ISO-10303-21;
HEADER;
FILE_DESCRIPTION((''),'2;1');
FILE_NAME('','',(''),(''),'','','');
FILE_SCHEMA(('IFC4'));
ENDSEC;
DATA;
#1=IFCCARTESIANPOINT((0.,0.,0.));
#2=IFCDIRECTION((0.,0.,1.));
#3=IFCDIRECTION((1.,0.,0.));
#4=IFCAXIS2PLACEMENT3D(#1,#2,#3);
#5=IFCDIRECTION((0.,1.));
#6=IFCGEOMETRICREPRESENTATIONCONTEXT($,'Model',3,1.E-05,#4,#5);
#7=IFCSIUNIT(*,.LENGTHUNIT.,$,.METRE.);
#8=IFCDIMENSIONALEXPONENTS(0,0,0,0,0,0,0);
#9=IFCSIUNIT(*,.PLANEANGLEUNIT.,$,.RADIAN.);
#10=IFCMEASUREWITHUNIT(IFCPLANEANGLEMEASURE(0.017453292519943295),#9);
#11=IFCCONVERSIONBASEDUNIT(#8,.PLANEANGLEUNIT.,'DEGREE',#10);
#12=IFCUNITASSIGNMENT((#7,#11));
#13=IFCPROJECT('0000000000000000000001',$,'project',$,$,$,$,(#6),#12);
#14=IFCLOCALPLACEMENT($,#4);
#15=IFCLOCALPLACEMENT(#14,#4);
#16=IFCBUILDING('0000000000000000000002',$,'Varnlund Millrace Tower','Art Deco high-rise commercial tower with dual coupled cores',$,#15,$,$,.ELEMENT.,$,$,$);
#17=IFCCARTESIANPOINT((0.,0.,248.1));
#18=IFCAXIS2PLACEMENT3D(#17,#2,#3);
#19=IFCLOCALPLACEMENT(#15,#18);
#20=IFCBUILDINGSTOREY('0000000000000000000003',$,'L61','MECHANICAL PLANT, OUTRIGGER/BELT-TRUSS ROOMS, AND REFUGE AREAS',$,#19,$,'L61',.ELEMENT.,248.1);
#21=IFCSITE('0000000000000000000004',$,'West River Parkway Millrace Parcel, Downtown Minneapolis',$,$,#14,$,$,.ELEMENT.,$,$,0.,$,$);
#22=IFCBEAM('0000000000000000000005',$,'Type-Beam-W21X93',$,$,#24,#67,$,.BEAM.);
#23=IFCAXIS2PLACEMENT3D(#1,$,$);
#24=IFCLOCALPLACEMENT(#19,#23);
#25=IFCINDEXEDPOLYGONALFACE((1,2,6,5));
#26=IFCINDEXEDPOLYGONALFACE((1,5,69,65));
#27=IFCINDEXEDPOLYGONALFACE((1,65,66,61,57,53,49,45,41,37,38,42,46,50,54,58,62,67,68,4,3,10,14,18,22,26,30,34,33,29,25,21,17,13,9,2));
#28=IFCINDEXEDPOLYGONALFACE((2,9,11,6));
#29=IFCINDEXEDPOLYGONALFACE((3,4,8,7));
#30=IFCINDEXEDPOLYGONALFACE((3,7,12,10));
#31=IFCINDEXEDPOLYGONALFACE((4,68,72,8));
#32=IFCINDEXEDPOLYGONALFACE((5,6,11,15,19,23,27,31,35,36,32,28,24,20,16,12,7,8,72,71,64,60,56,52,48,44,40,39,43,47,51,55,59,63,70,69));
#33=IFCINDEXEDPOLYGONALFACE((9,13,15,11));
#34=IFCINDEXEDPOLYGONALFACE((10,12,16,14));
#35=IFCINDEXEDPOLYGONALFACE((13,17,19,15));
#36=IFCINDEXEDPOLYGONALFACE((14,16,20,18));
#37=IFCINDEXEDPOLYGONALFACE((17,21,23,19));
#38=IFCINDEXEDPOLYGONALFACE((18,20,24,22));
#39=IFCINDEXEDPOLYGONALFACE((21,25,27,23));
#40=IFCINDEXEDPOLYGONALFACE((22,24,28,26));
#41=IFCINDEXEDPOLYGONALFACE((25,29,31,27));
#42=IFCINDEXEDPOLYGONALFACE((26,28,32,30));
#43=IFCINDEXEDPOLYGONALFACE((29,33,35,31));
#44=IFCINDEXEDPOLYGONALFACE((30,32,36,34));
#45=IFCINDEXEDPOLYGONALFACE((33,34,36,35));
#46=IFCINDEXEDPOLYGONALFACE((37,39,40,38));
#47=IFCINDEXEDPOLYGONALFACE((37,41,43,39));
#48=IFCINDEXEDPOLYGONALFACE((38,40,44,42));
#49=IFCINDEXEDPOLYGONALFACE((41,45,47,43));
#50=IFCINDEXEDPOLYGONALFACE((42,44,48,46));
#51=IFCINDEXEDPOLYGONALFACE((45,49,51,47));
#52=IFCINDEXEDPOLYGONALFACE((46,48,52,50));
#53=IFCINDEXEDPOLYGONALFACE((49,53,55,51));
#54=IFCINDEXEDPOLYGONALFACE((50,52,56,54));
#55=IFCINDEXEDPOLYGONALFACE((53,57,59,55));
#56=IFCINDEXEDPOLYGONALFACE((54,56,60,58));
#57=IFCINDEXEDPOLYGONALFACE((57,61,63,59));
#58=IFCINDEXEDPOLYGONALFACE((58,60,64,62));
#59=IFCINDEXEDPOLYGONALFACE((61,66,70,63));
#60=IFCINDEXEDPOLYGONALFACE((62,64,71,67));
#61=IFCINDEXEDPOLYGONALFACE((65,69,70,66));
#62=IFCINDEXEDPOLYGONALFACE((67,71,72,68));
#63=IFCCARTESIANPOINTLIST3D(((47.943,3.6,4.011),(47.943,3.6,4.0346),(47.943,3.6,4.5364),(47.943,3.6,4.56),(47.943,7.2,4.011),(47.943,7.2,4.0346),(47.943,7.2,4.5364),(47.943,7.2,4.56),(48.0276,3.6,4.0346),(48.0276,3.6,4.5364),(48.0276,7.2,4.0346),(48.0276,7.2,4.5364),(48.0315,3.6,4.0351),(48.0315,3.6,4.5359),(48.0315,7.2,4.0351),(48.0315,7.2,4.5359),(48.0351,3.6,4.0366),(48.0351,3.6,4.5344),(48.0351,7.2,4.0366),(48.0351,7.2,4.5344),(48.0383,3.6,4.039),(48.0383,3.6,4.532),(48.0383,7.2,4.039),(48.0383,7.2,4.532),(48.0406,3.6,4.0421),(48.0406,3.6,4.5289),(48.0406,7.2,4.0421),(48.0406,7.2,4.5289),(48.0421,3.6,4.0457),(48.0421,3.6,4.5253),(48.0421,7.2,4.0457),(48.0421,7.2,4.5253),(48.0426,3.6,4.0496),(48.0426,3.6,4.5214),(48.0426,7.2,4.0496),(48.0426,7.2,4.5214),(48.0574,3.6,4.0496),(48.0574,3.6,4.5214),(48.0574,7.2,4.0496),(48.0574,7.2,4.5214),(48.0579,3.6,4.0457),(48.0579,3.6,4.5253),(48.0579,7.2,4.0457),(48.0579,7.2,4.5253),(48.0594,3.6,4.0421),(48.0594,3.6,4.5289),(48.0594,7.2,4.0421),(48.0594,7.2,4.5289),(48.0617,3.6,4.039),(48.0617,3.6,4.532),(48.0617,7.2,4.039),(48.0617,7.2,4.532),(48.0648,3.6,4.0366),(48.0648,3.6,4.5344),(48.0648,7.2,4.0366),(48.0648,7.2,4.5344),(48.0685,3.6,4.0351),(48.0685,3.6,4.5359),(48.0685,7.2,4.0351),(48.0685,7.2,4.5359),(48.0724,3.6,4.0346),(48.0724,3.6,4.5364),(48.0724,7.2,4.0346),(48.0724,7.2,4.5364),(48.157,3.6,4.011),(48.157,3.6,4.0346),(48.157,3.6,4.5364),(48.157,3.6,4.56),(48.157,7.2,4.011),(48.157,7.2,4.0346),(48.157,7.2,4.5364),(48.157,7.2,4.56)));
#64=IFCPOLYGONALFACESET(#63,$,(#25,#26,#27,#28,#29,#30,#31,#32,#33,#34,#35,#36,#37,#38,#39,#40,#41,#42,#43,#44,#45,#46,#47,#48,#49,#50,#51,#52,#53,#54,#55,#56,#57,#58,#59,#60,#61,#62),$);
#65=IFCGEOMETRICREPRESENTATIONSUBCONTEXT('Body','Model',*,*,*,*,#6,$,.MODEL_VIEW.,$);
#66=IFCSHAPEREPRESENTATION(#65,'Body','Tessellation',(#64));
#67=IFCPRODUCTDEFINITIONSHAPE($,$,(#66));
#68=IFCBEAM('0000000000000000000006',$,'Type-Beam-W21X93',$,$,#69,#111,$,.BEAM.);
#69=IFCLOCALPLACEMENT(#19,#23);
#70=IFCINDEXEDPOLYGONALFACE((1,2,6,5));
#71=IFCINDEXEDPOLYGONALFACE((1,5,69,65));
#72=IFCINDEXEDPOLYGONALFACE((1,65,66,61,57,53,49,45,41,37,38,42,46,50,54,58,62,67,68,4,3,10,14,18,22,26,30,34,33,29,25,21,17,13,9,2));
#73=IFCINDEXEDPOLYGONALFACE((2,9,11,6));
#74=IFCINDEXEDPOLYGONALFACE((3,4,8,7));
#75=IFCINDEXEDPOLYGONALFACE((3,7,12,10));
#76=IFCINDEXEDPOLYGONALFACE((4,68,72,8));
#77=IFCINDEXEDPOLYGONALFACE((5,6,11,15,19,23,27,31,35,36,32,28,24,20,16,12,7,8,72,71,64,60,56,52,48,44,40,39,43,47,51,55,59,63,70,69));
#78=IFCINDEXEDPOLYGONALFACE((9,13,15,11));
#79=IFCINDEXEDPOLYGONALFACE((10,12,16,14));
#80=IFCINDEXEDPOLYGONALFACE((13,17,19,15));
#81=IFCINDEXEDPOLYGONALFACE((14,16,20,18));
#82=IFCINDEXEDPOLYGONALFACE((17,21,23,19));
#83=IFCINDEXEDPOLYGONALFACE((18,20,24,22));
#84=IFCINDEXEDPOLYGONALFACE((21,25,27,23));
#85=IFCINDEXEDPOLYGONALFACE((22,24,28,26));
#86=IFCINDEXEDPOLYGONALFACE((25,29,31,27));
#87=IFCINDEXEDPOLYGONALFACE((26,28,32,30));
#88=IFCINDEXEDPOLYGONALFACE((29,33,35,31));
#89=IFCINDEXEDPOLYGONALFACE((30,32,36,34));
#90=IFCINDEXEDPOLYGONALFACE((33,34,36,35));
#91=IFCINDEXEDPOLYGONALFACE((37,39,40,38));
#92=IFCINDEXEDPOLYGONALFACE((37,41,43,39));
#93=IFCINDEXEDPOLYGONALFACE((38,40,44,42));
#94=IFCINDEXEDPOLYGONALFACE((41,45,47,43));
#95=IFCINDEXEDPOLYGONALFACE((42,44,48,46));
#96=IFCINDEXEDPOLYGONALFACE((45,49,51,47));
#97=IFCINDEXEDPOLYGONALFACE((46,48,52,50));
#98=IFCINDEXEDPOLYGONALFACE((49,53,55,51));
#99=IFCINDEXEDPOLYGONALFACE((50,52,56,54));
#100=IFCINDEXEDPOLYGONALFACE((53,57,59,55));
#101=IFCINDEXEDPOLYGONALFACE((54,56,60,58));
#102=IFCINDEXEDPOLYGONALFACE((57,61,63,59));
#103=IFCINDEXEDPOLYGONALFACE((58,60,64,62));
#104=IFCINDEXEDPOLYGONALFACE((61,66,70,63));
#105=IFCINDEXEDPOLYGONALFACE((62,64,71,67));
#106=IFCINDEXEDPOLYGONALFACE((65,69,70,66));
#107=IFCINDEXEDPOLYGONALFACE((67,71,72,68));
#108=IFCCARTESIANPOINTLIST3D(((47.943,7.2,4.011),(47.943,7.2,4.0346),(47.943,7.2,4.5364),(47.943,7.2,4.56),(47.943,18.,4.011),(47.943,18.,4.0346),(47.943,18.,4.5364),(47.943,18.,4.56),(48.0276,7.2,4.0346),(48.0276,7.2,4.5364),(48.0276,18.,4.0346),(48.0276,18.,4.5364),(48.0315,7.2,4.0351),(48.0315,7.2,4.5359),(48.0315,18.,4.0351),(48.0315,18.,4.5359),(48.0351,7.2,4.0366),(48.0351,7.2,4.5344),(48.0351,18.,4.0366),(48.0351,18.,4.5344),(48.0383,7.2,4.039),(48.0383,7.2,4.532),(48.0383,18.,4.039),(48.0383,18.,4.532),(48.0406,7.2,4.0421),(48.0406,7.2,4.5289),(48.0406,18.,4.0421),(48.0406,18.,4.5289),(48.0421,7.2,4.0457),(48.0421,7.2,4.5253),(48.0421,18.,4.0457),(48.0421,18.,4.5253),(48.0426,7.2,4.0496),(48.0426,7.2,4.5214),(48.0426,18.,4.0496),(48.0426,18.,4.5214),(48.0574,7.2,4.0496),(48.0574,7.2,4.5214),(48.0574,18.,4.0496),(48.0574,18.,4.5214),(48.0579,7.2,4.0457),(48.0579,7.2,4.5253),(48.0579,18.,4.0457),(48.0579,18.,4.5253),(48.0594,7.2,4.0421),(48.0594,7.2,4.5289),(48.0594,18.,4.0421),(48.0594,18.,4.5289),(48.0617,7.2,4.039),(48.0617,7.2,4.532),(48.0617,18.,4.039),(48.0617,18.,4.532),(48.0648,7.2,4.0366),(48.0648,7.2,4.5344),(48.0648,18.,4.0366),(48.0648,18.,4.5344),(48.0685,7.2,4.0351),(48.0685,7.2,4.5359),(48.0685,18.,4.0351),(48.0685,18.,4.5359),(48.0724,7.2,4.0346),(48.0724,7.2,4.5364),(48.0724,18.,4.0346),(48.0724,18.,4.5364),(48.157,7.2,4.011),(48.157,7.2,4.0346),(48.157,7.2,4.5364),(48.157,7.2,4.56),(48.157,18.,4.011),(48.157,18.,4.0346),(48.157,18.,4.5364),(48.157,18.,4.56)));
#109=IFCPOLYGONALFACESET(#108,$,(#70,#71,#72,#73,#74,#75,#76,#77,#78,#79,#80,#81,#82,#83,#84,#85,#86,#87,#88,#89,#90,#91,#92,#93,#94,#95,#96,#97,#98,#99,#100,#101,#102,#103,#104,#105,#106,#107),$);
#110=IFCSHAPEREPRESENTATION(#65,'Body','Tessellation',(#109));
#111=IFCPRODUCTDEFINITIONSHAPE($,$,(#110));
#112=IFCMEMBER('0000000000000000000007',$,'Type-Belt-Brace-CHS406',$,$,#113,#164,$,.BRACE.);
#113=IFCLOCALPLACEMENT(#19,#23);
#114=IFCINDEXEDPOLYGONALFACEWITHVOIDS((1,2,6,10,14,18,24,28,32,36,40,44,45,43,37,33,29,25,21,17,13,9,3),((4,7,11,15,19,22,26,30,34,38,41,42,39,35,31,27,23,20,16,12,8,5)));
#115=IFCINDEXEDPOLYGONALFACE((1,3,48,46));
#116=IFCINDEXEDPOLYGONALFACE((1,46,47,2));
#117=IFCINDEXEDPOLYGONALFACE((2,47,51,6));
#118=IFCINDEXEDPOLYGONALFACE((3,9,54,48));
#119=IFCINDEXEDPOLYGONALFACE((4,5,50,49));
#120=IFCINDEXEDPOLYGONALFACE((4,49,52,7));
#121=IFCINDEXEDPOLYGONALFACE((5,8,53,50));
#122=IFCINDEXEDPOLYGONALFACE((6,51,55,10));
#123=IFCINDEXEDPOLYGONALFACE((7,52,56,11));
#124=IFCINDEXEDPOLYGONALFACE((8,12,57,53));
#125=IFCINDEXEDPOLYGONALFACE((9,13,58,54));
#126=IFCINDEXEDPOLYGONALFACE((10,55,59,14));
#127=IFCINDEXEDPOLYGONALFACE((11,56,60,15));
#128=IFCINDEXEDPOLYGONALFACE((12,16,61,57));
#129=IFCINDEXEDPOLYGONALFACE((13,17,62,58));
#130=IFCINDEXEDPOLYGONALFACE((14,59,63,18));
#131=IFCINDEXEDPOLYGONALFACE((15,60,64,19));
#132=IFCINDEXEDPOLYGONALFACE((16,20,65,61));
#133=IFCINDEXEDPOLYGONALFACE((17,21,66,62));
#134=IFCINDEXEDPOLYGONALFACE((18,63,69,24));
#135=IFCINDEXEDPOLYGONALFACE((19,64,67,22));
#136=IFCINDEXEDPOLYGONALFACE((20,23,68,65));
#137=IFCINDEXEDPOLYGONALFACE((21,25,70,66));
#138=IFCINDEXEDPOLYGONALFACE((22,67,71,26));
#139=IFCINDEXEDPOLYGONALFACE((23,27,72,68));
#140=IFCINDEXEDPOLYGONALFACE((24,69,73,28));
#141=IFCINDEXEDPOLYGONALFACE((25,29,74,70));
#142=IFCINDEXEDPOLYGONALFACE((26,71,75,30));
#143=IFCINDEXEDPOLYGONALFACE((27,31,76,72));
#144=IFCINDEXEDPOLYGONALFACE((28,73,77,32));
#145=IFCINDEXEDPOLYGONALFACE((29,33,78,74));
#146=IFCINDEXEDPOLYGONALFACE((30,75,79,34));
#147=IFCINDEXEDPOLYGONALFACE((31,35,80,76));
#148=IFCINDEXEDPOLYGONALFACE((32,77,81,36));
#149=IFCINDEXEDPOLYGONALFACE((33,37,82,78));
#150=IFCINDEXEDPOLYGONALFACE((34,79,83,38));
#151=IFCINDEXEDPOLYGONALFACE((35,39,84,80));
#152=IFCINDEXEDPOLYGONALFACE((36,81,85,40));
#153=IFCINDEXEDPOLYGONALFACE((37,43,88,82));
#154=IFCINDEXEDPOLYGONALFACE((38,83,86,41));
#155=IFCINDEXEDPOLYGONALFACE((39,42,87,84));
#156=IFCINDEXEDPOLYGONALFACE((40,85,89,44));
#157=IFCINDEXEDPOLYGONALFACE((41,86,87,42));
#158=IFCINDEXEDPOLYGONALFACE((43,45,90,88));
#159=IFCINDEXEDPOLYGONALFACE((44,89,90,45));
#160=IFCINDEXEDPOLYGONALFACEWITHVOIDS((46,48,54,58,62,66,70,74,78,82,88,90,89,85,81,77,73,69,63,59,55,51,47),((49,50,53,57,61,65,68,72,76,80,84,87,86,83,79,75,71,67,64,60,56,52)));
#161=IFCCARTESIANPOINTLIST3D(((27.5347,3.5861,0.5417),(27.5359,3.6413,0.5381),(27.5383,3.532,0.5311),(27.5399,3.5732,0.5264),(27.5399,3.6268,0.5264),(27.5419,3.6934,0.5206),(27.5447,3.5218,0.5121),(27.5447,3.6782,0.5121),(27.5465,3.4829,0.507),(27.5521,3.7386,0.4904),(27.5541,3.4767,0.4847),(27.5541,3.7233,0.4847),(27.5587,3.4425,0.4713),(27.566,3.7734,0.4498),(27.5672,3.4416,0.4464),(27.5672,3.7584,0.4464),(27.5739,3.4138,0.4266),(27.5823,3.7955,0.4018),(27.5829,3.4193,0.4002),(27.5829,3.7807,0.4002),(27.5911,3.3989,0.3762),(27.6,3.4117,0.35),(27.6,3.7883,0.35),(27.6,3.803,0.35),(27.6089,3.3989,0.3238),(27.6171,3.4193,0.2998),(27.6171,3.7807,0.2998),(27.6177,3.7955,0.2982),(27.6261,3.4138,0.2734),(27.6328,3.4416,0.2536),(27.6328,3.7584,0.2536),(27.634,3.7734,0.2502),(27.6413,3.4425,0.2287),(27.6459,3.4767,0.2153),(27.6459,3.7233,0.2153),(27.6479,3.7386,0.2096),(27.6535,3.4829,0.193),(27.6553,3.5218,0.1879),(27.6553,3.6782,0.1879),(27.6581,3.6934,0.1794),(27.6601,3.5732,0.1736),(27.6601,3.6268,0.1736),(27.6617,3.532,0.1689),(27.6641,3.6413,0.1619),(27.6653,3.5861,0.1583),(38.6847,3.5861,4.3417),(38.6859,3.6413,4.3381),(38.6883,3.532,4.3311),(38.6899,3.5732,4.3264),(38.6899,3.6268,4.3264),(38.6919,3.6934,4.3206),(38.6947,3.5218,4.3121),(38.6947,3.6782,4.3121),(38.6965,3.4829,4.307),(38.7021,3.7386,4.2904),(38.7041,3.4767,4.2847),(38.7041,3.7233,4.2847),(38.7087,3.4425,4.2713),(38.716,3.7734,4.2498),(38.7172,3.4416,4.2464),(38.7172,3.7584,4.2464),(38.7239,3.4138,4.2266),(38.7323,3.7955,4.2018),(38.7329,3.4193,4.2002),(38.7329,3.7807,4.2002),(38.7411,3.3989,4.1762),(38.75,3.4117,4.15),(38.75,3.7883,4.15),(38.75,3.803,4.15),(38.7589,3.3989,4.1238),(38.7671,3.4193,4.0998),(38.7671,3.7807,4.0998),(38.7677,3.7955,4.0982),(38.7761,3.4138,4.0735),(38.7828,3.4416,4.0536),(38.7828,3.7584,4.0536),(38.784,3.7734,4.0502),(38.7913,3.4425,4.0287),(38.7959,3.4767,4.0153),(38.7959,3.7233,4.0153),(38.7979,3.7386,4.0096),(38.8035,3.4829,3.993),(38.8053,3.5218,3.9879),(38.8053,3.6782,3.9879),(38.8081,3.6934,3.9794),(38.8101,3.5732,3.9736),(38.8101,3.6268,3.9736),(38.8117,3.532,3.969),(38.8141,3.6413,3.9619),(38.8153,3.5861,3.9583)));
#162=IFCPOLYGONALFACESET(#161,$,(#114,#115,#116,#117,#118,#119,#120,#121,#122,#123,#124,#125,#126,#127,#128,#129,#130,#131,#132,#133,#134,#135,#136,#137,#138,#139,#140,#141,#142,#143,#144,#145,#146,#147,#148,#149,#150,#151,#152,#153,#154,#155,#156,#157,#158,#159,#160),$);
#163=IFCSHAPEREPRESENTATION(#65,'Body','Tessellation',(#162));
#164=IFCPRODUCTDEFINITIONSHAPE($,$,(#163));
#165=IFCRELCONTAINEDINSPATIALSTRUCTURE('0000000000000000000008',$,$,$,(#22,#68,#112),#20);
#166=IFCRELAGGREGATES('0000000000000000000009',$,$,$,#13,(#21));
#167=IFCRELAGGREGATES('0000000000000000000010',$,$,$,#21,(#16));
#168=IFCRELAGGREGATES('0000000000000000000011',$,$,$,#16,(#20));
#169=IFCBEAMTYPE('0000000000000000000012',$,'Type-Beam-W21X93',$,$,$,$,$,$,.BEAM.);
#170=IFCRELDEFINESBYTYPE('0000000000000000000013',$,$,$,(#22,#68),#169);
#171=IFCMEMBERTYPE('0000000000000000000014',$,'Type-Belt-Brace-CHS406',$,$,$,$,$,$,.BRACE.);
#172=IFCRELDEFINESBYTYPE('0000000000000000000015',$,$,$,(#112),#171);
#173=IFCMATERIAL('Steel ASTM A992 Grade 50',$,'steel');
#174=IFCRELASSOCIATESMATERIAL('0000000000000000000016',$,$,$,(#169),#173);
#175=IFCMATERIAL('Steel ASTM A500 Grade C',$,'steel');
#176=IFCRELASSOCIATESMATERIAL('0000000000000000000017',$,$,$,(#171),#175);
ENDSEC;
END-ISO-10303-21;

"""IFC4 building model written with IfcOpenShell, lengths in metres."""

from ifc_helpers import new_model, entity, si_unit, converted_unit, direction, frame, origin_with_axes, origin_2d_with_axis, place, context, subcontext, project, spatial, hollow_circle, i_section, extrude, material, material_profile, profile_set, type_object, element, save


model = new_model("IFC4")

# Units and contexts
model_context = context("Model", 3, precision=1e-05, world=origin_with_axes(), true_north=direction((0.0, 1.0)))
body_context = subcontext(model_context, "Body", "Model", "MODEL_VIEW")
ifc_project = project(units=[si_unit("LENGTHUNIT", "METRE"), converted_unit("PLANEANGLEUNIT", "DEGREE", entity("IfcPlaneAngleMeasure", 0.017453292519943295), si_unit("PLANEANGLEUNIT", "RADIAN"), dimensions=[0, 0, 0, 0, 0, 0, 0])], contexts=[model_context])

# Site, building, storey
site_placement = place(None, origin_with_axes())
site = spatial("IfcSite", under=ifc_project, at=site_placement, Name="West River Parkway Millrace Parcel, Downtown Minneapolis", CompositionType="ELEMENT", RefElevation=0.0)
building_placement = place(site_placement, origin_with_axes())
building = spatial("IfcBuilding", under=site, at=building_placement, Name="Varnlund Millrace Tower", Description="Art Deco high-rise commercial tower with dual coupled cores", CompositionType="ELEMENT")
storey_placement = place(building_placement, frame((0.0, 0.0, 248.1), z_axis=(0.0, 0.0, 1.0), x_axis=(1.0, 0.0, 0.0)))
storey = spatial("IfcBuildingStorey", under=building, at=storey_placement, Name="L61", Description="MECHANICAL PLANT, OUTRIGGER/BELT-TRUSS ROOMS, AND REFUGE AREAS", LongName="L61", CompositionType="ELEMENT", Elevation=248.1)

# Beams
ifc_material_1 = material(Name="Steel ASTM A992 Grade 50", Category="steel")
ifc_material_profile_1 = material_profile(ifc_material_1, i_section(OverallWidth=0.214, OverallDepth=0.549, WebThickness=0.0147, FlangeThickness=0.0236, FilletRadius=0.015, at=origin_2d_with_axis()), Name="Steel ASTM A992 Grade 50")
ifc_profile_set_1 = profile_set([ifc_material_profile_1], Name="Steel ASTM A992 Grade 50")
beam_type_1 = type_object("IfcBeamType", Name="Type-Beam-W21X93", PredefinedType="BEAM", material=ifc_profile_set_1)
beam_1_placement = place(storey_placement, frame((48.05, 3.6, 4.2855), z_axis=(0.0, 1.0, 0.0), x_axis=(-1.0, 0.0, 0.0)))
element("IfcBeam", 1, at=beam_1_placement, inside=storey, type_object=beam_type_1, Name="Type-Beam-W21X93", PredefinedType="BEAM", context=body_context, shape_type="SweptSolid", body=[
    extrude(i_section(OverallWidth=0.214, OverallDepth=0.549, WebThickness=0.0147, FlangeThickness=0.0236, FilletRadius=0.015, at=origin_2d_with_axis()), origin_with_axes(), (0.0, 0.0, 1.0), 3.6),
])
beam_2_placement = place(storey_placement, frame((48.05, 7.2, 4.2855), z_axis=(0.0, 1.0, 0.0), x_axis=(-1.0, 0.0, 0.0)))
element("IfcBeam", 2, at=beam_2_placement, inside=storey, type_object=beam_type_1, Name="Type-Beam-W21X93", PredefinedType="BEAM", context=body_context, shape_type="SweptSolid", body=[
    extrude(i_section(OverallWidth=0.214, OverallDepth=0.549, WebThickness=0.0147, FlangeThickness=0.0236, FilletRadius=0.015, at=origin_2d_with_axis()), origin_with_axes(), (0.0, 0.0, 1.0), 10.8),
])

# Member
ifc_material_2 = material(Name="Steel ASTM A500 Grade C", Category="steel")
ifc_material_profile_2 = material_profile(ifc_material_2, hollow_circle(Radius=0.203, WallThickness=0.0147, at=origin_2d_with_axis()), Name="Steel ASTM A500 Grade C")
ifc_profile_set_2 = profile_set([ifc_material_profile_2], Name="Steel ASTM A500 Grade C")
member_type = type_object("IfcMemberType", Name="Type-Belt-Brace-CHS406", PredefinedType="BRACE", material=ifc_profile_set_2)
member_placement = place(storey_placement, frame((27.6, 3.6, 0.35), z_axis=(0.94654, 0.0, 0.322588), x_axis=(0.0, 1.0, 0.0)))
element("IfcMember", 3, at=member_placement, inside=storey, type_object=member_type, Name="Type-Belt-Brace-CHS406", PredefinedType="BRACE", context=body_context, shape_type="SweptSolid", body=[
    extrude(hollow_circle(Radius=0.203, WallThickness=0.0147, at=origin_2d_with_axis()), origin_with_axes(), (0.0, 0.0, 1.0), 11.7797),
])

save(model, "model.ifc")
